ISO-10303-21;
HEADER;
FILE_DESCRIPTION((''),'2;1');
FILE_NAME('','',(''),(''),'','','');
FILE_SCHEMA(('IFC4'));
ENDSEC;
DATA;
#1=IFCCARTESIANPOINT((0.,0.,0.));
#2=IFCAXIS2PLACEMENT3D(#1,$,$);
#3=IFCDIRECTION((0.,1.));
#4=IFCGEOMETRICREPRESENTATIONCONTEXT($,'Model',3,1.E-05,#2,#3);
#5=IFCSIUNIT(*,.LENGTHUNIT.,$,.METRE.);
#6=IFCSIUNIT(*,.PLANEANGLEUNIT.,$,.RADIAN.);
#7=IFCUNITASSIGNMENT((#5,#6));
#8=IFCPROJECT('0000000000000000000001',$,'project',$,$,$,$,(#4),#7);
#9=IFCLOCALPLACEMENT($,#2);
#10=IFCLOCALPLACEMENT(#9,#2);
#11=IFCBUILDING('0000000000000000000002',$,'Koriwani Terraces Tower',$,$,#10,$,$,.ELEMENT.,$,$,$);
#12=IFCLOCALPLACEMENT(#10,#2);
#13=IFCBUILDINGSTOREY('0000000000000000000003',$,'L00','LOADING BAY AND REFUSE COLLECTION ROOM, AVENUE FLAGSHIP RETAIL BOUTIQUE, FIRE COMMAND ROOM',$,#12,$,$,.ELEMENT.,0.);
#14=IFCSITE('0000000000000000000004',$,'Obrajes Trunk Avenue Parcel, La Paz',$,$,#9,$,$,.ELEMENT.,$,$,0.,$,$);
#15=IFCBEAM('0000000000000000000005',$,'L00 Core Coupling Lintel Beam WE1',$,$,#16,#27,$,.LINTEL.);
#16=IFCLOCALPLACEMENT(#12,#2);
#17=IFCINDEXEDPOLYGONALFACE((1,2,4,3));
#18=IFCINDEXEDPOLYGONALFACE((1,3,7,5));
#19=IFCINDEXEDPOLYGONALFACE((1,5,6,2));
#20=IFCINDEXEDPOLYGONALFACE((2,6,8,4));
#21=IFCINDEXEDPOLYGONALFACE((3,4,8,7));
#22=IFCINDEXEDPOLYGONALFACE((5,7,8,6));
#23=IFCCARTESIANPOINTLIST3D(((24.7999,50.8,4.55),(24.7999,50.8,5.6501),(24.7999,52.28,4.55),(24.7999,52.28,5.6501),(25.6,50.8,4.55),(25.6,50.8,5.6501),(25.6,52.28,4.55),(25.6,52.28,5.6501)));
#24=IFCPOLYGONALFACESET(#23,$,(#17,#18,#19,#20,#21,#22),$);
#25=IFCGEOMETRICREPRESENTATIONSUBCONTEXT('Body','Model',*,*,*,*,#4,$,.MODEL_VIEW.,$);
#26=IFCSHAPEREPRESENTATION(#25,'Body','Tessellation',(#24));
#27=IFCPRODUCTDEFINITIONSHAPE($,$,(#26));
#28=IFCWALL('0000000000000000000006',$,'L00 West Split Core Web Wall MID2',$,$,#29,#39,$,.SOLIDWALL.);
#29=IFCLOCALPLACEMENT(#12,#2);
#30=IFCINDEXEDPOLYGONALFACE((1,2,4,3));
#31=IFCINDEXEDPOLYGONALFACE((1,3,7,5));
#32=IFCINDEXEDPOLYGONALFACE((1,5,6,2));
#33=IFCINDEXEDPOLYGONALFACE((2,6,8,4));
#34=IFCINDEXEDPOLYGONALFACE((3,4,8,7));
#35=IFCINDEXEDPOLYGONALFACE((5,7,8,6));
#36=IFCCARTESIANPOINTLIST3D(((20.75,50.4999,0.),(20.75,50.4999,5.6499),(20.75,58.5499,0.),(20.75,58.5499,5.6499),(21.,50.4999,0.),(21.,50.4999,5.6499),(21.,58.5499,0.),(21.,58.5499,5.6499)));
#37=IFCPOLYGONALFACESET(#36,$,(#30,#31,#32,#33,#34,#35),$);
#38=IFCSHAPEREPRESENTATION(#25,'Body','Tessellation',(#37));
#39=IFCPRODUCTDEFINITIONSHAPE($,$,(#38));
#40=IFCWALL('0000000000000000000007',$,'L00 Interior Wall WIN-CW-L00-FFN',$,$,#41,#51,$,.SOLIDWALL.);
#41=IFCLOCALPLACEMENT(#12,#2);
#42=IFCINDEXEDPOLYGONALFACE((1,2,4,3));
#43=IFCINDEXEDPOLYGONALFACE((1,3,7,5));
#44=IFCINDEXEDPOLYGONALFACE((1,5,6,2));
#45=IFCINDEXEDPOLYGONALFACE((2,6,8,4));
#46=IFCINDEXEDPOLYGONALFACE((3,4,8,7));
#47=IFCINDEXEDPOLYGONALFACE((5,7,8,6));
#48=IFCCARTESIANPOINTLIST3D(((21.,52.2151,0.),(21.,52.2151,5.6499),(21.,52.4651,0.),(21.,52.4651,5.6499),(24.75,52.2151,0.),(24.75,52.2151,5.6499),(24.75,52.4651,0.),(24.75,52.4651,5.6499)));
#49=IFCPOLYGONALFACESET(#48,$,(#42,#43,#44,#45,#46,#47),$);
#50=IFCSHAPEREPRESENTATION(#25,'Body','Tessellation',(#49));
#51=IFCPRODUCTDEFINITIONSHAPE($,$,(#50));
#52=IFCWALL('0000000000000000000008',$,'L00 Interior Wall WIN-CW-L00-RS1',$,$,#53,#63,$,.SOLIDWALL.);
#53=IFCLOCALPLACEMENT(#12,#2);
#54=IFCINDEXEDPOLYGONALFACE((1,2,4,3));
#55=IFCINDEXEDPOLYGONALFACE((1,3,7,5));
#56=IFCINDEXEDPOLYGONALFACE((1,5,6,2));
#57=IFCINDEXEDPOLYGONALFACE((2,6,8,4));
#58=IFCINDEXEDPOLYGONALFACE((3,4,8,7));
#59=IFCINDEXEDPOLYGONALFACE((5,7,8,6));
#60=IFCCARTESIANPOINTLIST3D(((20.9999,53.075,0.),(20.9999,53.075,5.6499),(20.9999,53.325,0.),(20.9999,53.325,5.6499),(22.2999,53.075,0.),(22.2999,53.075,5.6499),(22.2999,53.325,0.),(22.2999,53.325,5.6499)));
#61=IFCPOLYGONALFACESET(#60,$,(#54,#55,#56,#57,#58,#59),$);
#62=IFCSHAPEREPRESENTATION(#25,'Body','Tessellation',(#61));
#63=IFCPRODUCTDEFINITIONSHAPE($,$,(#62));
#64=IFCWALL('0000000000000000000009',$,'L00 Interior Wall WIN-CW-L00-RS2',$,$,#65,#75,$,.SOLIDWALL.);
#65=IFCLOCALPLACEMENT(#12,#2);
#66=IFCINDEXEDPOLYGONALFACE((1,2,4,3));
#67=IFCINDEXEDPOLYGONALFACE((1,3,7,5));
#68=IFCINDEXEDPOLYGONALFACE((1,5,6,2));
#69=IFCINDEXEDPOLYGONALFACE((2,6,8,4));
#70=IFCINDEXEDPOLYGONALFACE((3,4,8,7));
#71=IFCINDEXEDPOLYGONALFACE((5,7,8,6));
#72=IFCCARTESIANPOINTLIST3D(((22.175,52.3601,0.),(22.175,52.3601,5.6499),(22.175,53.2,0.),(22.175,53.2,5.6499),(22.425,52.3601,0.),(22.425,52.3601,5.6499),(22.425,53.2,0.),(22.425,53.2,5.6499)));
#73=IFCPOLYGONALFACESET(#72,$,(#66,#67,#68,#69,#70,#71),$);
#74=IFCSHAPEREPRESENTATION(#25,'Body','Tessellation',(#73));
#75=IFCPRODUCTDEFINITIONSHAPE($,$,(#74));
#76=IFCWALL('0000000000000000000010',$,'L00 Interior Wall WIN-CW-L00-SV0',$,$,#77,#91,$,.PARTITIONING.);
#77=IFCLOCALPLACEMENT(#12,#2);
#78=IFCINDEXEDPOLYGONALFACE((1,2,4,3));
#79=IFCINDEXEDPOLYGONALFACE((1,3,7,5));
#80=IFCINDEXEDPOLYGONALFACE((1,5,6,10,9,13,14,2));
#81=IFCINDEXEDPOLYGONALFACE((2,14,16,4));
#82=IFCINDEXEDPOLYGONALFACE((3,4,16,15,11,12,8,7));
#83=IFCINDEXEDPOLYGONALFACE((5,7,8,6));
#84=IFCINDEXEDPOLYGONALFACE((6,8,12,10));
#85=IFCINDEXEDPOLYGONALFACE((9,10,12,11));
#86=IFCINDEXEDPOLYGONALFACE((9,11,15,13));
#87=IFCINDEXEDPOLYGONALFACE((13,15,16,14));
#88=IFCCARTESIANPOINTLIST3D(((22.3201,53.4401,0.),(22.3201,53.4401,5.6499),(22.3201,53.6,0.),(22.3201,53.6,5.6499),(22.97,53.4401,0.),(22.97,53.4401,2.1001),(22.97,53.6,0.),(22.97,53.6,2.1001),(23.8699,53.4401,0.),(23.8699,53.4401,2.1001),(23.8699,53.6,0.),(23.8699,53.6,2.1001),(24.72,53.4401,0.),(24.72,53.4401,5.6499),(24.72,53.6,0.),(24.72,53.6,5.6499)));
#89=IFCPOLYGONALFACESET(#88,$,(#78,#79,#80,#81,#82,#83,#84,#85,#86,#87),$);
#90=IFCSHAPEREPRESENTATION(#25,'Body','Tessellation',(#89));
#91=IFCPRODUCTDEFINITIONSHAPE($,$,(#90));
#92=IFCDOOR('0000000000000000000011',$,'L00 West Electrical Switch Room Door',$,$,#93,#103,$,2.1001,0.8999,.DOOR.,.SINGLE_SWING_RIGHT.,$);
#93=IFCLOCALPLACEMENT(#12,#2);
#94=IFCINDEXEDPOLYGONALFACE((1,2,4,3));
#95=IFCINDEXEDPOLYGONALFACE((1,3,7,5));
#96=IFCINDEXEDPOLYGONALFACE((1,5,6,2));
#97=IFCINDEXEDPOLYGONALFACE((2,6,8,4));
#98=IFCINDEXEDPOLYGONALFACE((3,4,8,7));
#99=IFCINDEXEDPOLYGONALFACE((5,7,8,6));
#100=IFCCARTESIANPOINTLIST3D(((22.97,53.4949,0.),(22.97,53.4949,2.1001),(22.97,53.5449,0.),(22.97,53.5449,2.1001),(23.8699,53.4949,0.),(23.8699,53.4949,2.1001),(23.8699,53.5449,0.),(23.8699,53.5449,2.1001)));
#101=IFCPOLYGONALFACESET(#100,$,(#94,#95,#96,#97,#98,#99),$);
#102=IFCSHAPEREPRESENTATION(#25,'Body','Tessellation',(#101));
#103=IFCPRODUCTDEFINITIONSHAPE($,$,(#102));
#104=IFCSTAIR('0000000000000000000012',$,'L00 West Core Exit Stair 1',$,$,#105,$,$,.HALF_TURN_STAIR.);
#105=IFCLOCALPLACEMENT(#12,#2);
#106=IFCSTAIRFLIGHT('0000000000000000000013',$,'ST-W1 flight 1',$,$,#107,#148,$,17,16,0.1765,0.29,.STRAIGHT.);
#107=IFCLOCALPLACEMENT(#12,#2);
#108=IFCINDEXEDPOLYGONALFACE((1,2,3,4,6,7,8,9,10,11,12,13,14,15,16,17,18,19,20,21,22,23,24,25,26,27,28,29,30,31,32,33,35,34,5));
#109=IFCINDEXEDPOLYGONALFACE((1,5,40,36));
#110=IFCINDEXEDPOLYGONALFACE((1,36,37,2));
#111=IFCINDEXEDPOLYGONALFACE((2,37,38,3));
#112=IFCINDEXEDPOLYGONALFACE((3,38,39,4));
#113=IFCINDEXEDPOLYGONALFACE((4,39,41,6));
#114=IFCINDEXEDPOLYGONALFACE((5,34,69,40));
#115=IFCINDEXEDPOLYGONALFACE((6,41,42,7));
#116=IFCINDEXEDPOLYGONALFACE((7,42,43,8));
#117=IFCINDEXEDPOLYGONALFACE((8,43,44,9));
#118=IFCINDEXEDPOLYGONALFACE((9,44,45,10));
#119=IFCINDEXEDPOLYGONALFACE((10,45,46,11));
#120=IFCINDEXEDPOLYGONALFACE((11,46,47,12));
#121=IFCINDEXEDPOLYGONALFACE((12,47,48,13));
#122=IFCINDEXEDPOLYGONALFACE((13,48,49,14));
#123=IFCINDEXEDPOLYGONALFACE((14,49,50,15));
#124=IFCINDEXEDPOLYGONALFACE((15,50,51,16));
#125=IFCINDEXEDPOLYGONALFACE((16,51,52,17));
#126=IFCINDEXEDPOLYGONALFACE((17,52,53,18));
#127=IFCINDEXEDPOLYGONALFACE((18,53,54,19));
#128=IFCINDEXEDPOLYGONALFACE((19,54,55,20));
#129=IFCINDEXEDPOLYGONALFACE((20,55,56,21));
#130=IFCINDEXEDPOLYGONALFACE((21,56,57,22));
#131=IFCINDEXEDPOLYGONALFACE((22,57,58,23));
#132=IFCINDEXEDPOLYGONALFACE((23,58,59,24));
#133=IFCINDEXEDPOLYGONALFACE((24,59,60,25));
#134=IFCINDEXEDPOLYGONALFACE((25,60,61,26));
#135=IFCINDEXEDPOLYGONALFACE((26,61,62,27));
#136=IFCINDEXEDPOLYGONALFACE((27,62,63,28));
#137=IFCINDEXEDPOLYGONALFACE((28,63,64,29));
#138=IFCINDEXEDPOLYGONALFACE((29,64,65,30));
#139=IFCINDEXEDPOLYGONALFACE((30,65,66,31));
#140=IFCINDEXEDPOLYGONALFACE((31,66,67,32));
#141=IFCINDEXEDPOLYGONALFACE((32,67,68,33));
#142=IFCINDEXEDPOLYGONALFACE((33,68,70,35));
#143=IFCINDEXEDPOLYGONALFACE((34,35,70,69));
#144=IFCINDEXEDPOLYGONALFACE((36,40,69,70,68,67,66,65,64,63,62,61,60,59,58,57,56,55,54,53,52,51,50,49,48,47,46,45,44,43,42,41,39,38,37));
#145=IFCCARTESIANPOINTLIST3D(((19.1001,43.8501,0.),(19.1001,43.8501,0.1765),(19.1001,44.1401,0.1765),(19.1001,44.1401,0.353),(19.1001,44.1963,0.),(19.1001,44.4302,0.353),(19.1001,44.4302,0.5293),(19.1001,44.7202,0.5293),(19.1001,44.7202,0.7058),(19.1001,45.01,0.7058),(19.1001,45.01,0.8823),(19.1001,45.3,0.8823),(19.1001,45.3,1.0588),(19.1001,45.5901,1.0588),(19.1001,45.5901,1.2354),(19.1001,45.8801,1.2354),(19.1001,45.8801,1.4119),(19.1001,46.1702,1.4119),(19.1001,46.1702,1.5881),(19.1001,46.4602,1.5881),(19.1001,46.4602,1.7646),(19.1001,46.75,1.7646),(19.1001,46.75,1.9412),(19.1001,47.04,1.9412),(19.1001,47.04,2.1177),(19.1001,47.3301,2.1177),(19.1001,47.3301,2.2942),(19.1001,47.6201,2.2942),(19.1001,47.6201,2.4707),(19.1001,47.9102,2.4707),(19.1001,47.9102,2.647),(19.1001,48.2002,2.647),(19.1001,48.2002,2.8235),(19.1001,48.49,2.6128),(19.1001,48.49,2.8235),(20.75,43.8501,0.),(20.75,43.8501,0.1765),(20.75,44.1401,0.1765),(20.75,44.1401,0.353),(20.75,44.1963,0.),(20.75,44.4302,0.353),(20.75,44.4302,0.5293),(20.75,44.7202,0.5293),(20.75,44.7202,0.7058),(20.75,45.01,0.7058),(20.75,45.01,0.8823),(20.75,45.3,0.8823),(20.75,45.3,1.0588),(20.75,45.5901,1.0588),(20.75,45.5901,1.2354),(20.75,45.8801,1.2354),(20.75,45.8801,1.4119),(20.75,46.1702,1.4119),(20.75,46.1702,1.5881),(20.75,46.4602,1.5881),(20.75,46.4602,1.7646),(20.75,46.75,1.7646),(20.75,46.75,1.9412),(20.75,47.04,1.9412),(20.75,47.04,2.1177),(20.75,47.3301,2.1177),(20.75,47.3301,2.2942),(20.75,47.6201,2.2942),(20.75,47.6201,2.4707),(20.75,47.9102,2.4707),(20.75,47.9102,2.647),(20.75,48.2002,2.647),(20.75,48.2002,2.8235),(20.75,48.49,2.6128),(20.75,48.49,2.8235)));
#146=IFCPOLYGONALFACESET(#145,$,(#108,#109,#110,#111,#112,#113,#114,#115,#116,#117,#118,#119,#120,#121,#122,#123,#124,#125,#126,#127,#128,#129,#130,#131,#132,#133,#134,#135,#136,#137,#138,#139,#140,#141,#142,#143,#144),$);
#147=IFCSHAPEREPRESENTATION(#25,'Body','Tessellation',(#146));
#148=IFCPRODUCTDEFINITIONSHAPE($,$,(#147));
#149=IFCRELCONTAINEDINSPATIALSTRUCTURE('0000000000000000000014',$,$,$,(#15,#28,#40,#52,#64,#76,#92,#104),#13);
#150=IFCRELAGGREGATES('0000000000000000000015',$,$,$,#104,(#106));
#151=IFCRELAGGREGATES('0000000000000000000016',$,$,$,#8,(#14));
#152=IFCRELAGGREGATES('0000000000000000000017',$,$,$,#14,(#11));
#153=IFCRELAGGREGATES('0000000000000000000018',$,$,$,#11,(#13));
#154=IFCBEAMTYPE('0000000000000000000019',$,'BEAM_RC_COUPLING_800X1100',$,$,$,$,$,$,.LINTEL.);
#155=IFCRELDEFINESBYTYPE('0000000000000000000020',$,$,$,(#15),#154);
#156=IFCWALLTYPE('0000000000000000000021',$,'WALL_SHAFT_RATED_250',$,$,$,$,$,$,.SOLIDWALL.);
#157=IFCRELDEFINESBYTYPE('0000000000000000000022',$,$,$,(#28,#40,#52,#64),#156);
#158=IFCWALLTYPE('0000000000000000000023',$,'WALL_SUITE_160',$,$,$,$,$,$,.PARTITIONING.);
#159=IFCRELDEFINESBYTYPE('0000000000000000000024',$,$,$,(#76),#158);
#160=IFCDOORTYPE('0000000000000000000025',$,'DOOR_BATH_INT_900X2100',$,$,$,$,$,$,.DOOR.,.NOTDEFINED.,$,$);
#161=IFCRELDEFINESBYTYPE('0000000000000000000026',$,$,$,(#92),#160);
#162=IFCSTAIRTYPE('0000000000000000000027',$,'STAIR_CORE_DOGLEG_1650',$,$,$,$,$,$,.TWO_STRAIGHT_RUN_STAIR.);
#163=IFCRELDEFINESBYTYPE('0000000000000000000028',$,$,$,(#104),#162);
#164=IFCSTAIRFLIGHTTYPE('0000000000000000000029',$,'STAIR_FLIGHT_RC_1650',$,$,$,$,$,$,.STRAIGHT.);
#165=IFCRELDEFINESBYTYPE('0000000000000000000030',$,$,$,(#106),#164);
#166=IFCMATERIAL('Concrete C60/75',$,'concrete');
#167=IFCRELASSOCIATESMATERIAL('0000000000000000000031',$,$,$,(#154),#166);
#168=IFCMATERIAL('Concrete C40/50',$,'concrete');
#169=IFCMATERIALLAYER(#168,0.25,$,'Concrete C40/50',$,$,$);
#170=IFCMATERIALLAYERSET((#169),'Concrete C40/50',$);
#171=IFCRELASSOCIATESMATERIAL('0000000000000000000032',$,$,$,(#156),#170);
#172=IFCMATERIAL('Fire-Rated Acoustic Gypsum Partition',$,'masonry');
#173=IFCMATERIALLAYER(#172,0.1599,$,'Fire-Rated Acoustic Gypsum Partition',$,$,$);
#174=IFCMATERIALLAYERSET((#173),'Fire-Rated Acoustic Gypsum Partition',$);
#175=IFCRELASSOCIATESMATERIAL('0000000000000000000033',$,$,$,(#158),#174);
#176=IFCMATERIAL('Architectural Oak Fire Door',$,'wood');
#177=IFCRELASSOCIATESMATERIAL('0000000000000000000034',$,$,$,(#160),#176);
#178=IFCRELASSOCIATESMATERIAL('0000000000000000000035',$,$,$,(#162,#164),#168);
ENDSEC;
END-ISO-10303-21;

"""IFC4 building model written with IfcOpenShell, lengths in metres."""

from ifc_helpers import new_model, si_unit, direction, frame, frame_2d, origin, origin_2d, place, context, subcontext, project, spatial, polyline, rectangle, outline, extrude, material, layer, layer_set, material_profile, profile_set, type_object, element, fill, aggregate, save


model = new_model("IFC4")

# Units and contexts
model_context = context("Model", 3, precision=1e-05, world=origin(), true_north=direction((0.0, 1.0)))
body_context = subcontext(model_context, "Body", "Model", "MODEL_VIEW")
ifc_project = project(units=[si_unit("LENGTHUNIT", "METRE"), si_unit("PLANEANGLEUNIT", "RADIAN")], contexts=[model_context])

# Site, building, storey
site_placement = place(None, origin())
site = spatial("IfcSite", under=ifc_project, at=site_placement, Name="Obrajes Trunk Avenue Parcel, La Paz", CompositionType="ELEMENT", RefElevation=0.0)
building_placement = place(site_placement, origin())
building = spatial("IfcBuilding", under=site, at=building_placement, Name="Koriwani Terraces Tower", CompositionType="ELEMENT")
storey_placement = place(building_placement, origin())
storey = spatial("IfcBuildingStorey", under=building, at=storey_placement, Name="L00", Description="LOADING BAY AND REFUSE COLLECTION ROOM, AVENUE FLAGSHIP RETAIL BOUTIQUE, FIRE COMMAND ROOM", CompositionType="ELEMENT", Elevation=0.0)

# Beam
ifc_material_1 = material(Name="Concrete C60/75", Category="concrete")
ifc_material_profile = material_profile(ifc_material_1, rectangle(XDim=0.8, YDim=1.1001, at=origin_2d()), Name="Concrete C60/75", Category="LoadBearing")
ifc_profile_set = profile_set([ifc_material_profile], Name="Concrete C60/75")
beam_type = type_object("IfcBeamType", Name="BEAM_RC_COUPLING_800X1100", PredefinedType="LINTEL", material=ifc_profile_set)
beam_placement = place(storey_placement, frame((25.2, 50.8, 5.1001), z_axis=(0.0, 1.0, 0.0), x_axis=(-1.0, 0.0, 0.0)))
element("IfcBeam", 1, at=beam_placement, inside=storey, type_object=beam_type, Name="L00 Core Coupling Lintel Beam WE1", PredefinedType="LINTEL", context=body_context, shape_type="SweptSolid", body=[
    extrude(rectangle(XDim=0.8, YDim=1.1001, at=origin_2d()), origin(), (0.0, 0.0, 1.0), 1.48),
])

# Wall
ifc_material_2 = material(Name="Concrete C40/50", Category="concrete")
ifc_layer_1 = layer(ifc_material_2, 0.25, Name="Concrete C40/50")
ifc_layer_set_1 = layer_set([ifc_layer_1], Name="Concrete C40/50")
wall_type_1 = type_object("IfcWallType", Name="WALL_SHAFT_RATED_250", PredefinedType="SOLIDWALL", material=ifc_layer_set_1)
wall_1_placement = place(storey_placement, frame((20.875, 50.5, 0.0), z_axis=(0.0, 0.0, 1.0), x_axis=(0.0, 1.0, 0.0)))
element("IfcWall", 2, at=wall_1_placement, inside=storey, type_object=wall_type_1, Name="L00 West Split Core Web Wall MID2", PredefinedType="SOLIDWALL", context=body_context, shape_type="SweptSolid", body=[
    extrude(rectangle(XDim=8.05, YDim=0.25, at=frame_2d((4.0249, 0.0))), origin(), (0.0, 0.0, 1.0), 5.6499),
])

# Wall
wall_2_placement = place(storey_placement, frame((21.0, 52.3401, 0.0), z_axis=(0.0, 0.0, 1.0), x_axis=(1.0, 0.0, 0.0)))
element("IfcWall", 3, at=wall_2_placement, inside=storey, type_object=wall_type_1, Name="L00 Interior Wall WIN-CW-L00-FFN", PredefinedType="SOLIDWALL", context=body_context, shape_type="SweptSolid", body=[
    extrude(rectangle(XDim=3.75, YDim=0.25, at=frame_2d((1.875, 0.0))), origin(), (0.0, 0.0, 1.0), 5.6499),
])

# Walls
wall_3_placement = place(storey_placement, frame((21.0, 53.2, 0.0), z_axis=(0.0, 0.0, 1.0), x_axis=(1.0, 0.0, 0.0)))
element("IfcWall", 4, at=wall_3_placement, inside=storey, type_object=wall_type_1, Name="L00 Interior Wall WIN-CW-L00-RS1", PredefinedType="SOLIDWALL", context=body_context, shape_type="SweptSolid", body=[
    extrude(rectangle(XDim=1.3, YDim=0.25, at=frame_2d((0.6499, 0.0))), origin(), (0.0, 0.0, 1.0), 5.6499),
])
wall_4_placement = place(storey_placement, frame((22.3, 52.3601, 0.0), z_axis=(0.0, 0.0, 1.0), x_axis=(0.0, 1.0, 0.0)))
element("IfcWall", 5, at=wall_4_placement, inside=storey, type_object=wall_type_1, Name="L00 Interior Wall WIN-CW-L00-RS2", PredefinedType="SOLIDWALL", context=body_context, shape_type="SweptSolid", body=[
    extrude(rectangle(XDim=0.8398, YDim=0.25, at=frame_2d((0.4199, 0.0))), origin(), (0.0, 0.0, 1.0), 5.6499),
])

# Wall, opening, door
ifc_material_3 = material(Name="Fire-Rated Acoustic Gypsum Partition", Category="masonry")
ifc_layer_2 = layer(ifc_material_3, 0.1599, Name="Fire-Rated Acoustic Gypsum Partition")
ifc_layer_set_2 = layer_set([ifc_layer_2], Name="Fire-Rated Acoustic Gypsum Partition")
wall_type_2 = type_object("IfcWallType", Name="WALL_SUITE_160", PredefinedType="PARTITIONING", material=ifc_layer_set_2)
wall_5_placement = place(storey_placement, frame((22.3201, 53.52, 0.0), z_axis=(0.0, 0.0, 1.0), x_axis=(1.0, 0.0, 0.0)))
wall_5 = element("IfcWall", 6, at=wall_5_placement, inside=storey, type_object=wall_type_2, Name="L00 Interior Wall WIN-CW-L00-SV0", PredefinedType="PARTITIONING", context=body_context, shape_type="SweptSolid", body=[
    extrude(rectangle(XDim=2.3999, YDim=0.1599, at=frame_2d((1.2, 0.0))), origin(), (0.0, 0.0, 1.0), 5.6499),
])
opening_1_placement = place(wall_5_placement, frame((0.6499, 0.0, 0.0)))
opening_1 = element("IfcOpeningElement", 7, at=opening_1_placement, cuts=wall_5, PredefinedType="OPENING", context=body_context, shape_type="SweptSolid", body=[
    extrude(rectangle(XDim=0.8999, YDim=2.1001, at=frame_2d((0.45, 1.05))), frame((0.0, 0.0898, 0.0), z_axis=(0.0, -1.0, 0.0), x_axis=(1.0, 0.0, 0.0)), (0.0, 0.0, 1.0), 0.1799),
])
ifc_material_4 = material(Name="Architectural Oak Fire Door", Category="wood")
door_type_1 = type_object("IfcDoorType", Name="DOOR_BATH_INT_900X2100", OperationType="NOTDEFINED", PredefinedType="DOOR", material=ifc_material_4)
door_1_placement = place(opening_1_placement, origin())
door_1 = element("IfcDoor", 8, at=door_1_placement, inside=storey, type_object=door_type_1, Name="L00 West Electrical Switch Room Door", OperationType="SINGLE_SWING_RIGHT", OverallHeight=2.1001, OverallWidth=0.8999, PredefinedType="DOOR", context=body_context, shape_type="SweptSolid", body=[
    extrude(rectangle(XDim=0.8999, YDim=2.1001, at=frame_2d((0.45, 1.05))), frame((0.0, 0.0249, 0.0), z_axis=(0.0, -1.0, 0.0), x_axis=(1.0, 0.0, 0.0)), (0.0, 0.0, 1.0), 0.05),
])
fill(opening_1, door_1)

# Stair, stair flight
stair_type = type_object("IfcStairType", Name="STAIR_CORE_DOGLEG_1650", PredefinedType="TWO_STRAIGHT_RUN_STAIR", material=ifc_material_2)
stair_1_placement = place(storey_placement, origin())
stair_1 = element("IfcStair", 9, at=stair_1_placement, inside=storey, type_object=stair_type, Name="L00 West Core Exit Stair 1", PredefinedType="HALF_TURN_STAIR")
stair_flight_type = type_object("IfcStairFlightType", Name="STAIR_FLIGHT_RC_1650", PredefinedType="STRAIGHT", material=ifc_material_2)
stair_flight_1_placement = place(storey_placement, frame((19.925, 43.8501, 0.0), z_axis=(0.0, 0.0, 1.0), x_axis=(0.0, 1.0, 0.0)))
stair_flight_1 = element("IfcStairFlight", 10, at=stair_flight_1_placement, type_object=stair_flight_type, Name="ST-W1 flight 1", NumberOfRisers=17, NumberOfTreads=16, PredefinedType="STRAIGHT", RiserHeight=0.1765, TreadLength=0.29, context=body_context, shape_type="SweptSolid", body=[
    extrude(outline(polyline([(0.0, 0.0), (0.0, 0.1765), (0.29, 0.1765), (0.29, 0.353), (0.5801, 0.353), (0.5801, 0.5293), (0.8701, 0.5293), (0.8701, 0.7058), (1.1599, 0.7058), (1.1599, 0.8823), (1.45, 0.8823), (1.45, 1.0588), (1.74, 1.0588), (1.74, 1.2354), (2.03, 1.2354), (2.03, 1.4119), (2.3201, 1.4119), (2.3201, 1.5881), (2.6101, 1.5881), (2.6101, 1.7646), (2.8999, 1.7646), (2.8999, 1.9412), (3.1899, 1.9412), (3.1899, 2.1177), (3.48, 2.1177), (3.48, 2.2942), (3.77, 2.2942), (3.77, 2.4707), (4.0601, 2.4707), (4.0601, 2.647), (4.3501, 2.647), (4.3501, 2.8235), (4.6399, 2.8235), (4.6399, 3.0), (4.6399, 2.6128), (0.3462, 0.0), (0.0, 0.0)])), frame((0.0, 0.825, 0.0), z_axis=(0.0, -1.0, 0.0), x_axis=(1.0, 0.0, 0.0)), (0.0, 0.0, 1.0), 1.6499),
])
aggregate(stair_1, [stair_flight_1])

save(model, "model.ifc")
